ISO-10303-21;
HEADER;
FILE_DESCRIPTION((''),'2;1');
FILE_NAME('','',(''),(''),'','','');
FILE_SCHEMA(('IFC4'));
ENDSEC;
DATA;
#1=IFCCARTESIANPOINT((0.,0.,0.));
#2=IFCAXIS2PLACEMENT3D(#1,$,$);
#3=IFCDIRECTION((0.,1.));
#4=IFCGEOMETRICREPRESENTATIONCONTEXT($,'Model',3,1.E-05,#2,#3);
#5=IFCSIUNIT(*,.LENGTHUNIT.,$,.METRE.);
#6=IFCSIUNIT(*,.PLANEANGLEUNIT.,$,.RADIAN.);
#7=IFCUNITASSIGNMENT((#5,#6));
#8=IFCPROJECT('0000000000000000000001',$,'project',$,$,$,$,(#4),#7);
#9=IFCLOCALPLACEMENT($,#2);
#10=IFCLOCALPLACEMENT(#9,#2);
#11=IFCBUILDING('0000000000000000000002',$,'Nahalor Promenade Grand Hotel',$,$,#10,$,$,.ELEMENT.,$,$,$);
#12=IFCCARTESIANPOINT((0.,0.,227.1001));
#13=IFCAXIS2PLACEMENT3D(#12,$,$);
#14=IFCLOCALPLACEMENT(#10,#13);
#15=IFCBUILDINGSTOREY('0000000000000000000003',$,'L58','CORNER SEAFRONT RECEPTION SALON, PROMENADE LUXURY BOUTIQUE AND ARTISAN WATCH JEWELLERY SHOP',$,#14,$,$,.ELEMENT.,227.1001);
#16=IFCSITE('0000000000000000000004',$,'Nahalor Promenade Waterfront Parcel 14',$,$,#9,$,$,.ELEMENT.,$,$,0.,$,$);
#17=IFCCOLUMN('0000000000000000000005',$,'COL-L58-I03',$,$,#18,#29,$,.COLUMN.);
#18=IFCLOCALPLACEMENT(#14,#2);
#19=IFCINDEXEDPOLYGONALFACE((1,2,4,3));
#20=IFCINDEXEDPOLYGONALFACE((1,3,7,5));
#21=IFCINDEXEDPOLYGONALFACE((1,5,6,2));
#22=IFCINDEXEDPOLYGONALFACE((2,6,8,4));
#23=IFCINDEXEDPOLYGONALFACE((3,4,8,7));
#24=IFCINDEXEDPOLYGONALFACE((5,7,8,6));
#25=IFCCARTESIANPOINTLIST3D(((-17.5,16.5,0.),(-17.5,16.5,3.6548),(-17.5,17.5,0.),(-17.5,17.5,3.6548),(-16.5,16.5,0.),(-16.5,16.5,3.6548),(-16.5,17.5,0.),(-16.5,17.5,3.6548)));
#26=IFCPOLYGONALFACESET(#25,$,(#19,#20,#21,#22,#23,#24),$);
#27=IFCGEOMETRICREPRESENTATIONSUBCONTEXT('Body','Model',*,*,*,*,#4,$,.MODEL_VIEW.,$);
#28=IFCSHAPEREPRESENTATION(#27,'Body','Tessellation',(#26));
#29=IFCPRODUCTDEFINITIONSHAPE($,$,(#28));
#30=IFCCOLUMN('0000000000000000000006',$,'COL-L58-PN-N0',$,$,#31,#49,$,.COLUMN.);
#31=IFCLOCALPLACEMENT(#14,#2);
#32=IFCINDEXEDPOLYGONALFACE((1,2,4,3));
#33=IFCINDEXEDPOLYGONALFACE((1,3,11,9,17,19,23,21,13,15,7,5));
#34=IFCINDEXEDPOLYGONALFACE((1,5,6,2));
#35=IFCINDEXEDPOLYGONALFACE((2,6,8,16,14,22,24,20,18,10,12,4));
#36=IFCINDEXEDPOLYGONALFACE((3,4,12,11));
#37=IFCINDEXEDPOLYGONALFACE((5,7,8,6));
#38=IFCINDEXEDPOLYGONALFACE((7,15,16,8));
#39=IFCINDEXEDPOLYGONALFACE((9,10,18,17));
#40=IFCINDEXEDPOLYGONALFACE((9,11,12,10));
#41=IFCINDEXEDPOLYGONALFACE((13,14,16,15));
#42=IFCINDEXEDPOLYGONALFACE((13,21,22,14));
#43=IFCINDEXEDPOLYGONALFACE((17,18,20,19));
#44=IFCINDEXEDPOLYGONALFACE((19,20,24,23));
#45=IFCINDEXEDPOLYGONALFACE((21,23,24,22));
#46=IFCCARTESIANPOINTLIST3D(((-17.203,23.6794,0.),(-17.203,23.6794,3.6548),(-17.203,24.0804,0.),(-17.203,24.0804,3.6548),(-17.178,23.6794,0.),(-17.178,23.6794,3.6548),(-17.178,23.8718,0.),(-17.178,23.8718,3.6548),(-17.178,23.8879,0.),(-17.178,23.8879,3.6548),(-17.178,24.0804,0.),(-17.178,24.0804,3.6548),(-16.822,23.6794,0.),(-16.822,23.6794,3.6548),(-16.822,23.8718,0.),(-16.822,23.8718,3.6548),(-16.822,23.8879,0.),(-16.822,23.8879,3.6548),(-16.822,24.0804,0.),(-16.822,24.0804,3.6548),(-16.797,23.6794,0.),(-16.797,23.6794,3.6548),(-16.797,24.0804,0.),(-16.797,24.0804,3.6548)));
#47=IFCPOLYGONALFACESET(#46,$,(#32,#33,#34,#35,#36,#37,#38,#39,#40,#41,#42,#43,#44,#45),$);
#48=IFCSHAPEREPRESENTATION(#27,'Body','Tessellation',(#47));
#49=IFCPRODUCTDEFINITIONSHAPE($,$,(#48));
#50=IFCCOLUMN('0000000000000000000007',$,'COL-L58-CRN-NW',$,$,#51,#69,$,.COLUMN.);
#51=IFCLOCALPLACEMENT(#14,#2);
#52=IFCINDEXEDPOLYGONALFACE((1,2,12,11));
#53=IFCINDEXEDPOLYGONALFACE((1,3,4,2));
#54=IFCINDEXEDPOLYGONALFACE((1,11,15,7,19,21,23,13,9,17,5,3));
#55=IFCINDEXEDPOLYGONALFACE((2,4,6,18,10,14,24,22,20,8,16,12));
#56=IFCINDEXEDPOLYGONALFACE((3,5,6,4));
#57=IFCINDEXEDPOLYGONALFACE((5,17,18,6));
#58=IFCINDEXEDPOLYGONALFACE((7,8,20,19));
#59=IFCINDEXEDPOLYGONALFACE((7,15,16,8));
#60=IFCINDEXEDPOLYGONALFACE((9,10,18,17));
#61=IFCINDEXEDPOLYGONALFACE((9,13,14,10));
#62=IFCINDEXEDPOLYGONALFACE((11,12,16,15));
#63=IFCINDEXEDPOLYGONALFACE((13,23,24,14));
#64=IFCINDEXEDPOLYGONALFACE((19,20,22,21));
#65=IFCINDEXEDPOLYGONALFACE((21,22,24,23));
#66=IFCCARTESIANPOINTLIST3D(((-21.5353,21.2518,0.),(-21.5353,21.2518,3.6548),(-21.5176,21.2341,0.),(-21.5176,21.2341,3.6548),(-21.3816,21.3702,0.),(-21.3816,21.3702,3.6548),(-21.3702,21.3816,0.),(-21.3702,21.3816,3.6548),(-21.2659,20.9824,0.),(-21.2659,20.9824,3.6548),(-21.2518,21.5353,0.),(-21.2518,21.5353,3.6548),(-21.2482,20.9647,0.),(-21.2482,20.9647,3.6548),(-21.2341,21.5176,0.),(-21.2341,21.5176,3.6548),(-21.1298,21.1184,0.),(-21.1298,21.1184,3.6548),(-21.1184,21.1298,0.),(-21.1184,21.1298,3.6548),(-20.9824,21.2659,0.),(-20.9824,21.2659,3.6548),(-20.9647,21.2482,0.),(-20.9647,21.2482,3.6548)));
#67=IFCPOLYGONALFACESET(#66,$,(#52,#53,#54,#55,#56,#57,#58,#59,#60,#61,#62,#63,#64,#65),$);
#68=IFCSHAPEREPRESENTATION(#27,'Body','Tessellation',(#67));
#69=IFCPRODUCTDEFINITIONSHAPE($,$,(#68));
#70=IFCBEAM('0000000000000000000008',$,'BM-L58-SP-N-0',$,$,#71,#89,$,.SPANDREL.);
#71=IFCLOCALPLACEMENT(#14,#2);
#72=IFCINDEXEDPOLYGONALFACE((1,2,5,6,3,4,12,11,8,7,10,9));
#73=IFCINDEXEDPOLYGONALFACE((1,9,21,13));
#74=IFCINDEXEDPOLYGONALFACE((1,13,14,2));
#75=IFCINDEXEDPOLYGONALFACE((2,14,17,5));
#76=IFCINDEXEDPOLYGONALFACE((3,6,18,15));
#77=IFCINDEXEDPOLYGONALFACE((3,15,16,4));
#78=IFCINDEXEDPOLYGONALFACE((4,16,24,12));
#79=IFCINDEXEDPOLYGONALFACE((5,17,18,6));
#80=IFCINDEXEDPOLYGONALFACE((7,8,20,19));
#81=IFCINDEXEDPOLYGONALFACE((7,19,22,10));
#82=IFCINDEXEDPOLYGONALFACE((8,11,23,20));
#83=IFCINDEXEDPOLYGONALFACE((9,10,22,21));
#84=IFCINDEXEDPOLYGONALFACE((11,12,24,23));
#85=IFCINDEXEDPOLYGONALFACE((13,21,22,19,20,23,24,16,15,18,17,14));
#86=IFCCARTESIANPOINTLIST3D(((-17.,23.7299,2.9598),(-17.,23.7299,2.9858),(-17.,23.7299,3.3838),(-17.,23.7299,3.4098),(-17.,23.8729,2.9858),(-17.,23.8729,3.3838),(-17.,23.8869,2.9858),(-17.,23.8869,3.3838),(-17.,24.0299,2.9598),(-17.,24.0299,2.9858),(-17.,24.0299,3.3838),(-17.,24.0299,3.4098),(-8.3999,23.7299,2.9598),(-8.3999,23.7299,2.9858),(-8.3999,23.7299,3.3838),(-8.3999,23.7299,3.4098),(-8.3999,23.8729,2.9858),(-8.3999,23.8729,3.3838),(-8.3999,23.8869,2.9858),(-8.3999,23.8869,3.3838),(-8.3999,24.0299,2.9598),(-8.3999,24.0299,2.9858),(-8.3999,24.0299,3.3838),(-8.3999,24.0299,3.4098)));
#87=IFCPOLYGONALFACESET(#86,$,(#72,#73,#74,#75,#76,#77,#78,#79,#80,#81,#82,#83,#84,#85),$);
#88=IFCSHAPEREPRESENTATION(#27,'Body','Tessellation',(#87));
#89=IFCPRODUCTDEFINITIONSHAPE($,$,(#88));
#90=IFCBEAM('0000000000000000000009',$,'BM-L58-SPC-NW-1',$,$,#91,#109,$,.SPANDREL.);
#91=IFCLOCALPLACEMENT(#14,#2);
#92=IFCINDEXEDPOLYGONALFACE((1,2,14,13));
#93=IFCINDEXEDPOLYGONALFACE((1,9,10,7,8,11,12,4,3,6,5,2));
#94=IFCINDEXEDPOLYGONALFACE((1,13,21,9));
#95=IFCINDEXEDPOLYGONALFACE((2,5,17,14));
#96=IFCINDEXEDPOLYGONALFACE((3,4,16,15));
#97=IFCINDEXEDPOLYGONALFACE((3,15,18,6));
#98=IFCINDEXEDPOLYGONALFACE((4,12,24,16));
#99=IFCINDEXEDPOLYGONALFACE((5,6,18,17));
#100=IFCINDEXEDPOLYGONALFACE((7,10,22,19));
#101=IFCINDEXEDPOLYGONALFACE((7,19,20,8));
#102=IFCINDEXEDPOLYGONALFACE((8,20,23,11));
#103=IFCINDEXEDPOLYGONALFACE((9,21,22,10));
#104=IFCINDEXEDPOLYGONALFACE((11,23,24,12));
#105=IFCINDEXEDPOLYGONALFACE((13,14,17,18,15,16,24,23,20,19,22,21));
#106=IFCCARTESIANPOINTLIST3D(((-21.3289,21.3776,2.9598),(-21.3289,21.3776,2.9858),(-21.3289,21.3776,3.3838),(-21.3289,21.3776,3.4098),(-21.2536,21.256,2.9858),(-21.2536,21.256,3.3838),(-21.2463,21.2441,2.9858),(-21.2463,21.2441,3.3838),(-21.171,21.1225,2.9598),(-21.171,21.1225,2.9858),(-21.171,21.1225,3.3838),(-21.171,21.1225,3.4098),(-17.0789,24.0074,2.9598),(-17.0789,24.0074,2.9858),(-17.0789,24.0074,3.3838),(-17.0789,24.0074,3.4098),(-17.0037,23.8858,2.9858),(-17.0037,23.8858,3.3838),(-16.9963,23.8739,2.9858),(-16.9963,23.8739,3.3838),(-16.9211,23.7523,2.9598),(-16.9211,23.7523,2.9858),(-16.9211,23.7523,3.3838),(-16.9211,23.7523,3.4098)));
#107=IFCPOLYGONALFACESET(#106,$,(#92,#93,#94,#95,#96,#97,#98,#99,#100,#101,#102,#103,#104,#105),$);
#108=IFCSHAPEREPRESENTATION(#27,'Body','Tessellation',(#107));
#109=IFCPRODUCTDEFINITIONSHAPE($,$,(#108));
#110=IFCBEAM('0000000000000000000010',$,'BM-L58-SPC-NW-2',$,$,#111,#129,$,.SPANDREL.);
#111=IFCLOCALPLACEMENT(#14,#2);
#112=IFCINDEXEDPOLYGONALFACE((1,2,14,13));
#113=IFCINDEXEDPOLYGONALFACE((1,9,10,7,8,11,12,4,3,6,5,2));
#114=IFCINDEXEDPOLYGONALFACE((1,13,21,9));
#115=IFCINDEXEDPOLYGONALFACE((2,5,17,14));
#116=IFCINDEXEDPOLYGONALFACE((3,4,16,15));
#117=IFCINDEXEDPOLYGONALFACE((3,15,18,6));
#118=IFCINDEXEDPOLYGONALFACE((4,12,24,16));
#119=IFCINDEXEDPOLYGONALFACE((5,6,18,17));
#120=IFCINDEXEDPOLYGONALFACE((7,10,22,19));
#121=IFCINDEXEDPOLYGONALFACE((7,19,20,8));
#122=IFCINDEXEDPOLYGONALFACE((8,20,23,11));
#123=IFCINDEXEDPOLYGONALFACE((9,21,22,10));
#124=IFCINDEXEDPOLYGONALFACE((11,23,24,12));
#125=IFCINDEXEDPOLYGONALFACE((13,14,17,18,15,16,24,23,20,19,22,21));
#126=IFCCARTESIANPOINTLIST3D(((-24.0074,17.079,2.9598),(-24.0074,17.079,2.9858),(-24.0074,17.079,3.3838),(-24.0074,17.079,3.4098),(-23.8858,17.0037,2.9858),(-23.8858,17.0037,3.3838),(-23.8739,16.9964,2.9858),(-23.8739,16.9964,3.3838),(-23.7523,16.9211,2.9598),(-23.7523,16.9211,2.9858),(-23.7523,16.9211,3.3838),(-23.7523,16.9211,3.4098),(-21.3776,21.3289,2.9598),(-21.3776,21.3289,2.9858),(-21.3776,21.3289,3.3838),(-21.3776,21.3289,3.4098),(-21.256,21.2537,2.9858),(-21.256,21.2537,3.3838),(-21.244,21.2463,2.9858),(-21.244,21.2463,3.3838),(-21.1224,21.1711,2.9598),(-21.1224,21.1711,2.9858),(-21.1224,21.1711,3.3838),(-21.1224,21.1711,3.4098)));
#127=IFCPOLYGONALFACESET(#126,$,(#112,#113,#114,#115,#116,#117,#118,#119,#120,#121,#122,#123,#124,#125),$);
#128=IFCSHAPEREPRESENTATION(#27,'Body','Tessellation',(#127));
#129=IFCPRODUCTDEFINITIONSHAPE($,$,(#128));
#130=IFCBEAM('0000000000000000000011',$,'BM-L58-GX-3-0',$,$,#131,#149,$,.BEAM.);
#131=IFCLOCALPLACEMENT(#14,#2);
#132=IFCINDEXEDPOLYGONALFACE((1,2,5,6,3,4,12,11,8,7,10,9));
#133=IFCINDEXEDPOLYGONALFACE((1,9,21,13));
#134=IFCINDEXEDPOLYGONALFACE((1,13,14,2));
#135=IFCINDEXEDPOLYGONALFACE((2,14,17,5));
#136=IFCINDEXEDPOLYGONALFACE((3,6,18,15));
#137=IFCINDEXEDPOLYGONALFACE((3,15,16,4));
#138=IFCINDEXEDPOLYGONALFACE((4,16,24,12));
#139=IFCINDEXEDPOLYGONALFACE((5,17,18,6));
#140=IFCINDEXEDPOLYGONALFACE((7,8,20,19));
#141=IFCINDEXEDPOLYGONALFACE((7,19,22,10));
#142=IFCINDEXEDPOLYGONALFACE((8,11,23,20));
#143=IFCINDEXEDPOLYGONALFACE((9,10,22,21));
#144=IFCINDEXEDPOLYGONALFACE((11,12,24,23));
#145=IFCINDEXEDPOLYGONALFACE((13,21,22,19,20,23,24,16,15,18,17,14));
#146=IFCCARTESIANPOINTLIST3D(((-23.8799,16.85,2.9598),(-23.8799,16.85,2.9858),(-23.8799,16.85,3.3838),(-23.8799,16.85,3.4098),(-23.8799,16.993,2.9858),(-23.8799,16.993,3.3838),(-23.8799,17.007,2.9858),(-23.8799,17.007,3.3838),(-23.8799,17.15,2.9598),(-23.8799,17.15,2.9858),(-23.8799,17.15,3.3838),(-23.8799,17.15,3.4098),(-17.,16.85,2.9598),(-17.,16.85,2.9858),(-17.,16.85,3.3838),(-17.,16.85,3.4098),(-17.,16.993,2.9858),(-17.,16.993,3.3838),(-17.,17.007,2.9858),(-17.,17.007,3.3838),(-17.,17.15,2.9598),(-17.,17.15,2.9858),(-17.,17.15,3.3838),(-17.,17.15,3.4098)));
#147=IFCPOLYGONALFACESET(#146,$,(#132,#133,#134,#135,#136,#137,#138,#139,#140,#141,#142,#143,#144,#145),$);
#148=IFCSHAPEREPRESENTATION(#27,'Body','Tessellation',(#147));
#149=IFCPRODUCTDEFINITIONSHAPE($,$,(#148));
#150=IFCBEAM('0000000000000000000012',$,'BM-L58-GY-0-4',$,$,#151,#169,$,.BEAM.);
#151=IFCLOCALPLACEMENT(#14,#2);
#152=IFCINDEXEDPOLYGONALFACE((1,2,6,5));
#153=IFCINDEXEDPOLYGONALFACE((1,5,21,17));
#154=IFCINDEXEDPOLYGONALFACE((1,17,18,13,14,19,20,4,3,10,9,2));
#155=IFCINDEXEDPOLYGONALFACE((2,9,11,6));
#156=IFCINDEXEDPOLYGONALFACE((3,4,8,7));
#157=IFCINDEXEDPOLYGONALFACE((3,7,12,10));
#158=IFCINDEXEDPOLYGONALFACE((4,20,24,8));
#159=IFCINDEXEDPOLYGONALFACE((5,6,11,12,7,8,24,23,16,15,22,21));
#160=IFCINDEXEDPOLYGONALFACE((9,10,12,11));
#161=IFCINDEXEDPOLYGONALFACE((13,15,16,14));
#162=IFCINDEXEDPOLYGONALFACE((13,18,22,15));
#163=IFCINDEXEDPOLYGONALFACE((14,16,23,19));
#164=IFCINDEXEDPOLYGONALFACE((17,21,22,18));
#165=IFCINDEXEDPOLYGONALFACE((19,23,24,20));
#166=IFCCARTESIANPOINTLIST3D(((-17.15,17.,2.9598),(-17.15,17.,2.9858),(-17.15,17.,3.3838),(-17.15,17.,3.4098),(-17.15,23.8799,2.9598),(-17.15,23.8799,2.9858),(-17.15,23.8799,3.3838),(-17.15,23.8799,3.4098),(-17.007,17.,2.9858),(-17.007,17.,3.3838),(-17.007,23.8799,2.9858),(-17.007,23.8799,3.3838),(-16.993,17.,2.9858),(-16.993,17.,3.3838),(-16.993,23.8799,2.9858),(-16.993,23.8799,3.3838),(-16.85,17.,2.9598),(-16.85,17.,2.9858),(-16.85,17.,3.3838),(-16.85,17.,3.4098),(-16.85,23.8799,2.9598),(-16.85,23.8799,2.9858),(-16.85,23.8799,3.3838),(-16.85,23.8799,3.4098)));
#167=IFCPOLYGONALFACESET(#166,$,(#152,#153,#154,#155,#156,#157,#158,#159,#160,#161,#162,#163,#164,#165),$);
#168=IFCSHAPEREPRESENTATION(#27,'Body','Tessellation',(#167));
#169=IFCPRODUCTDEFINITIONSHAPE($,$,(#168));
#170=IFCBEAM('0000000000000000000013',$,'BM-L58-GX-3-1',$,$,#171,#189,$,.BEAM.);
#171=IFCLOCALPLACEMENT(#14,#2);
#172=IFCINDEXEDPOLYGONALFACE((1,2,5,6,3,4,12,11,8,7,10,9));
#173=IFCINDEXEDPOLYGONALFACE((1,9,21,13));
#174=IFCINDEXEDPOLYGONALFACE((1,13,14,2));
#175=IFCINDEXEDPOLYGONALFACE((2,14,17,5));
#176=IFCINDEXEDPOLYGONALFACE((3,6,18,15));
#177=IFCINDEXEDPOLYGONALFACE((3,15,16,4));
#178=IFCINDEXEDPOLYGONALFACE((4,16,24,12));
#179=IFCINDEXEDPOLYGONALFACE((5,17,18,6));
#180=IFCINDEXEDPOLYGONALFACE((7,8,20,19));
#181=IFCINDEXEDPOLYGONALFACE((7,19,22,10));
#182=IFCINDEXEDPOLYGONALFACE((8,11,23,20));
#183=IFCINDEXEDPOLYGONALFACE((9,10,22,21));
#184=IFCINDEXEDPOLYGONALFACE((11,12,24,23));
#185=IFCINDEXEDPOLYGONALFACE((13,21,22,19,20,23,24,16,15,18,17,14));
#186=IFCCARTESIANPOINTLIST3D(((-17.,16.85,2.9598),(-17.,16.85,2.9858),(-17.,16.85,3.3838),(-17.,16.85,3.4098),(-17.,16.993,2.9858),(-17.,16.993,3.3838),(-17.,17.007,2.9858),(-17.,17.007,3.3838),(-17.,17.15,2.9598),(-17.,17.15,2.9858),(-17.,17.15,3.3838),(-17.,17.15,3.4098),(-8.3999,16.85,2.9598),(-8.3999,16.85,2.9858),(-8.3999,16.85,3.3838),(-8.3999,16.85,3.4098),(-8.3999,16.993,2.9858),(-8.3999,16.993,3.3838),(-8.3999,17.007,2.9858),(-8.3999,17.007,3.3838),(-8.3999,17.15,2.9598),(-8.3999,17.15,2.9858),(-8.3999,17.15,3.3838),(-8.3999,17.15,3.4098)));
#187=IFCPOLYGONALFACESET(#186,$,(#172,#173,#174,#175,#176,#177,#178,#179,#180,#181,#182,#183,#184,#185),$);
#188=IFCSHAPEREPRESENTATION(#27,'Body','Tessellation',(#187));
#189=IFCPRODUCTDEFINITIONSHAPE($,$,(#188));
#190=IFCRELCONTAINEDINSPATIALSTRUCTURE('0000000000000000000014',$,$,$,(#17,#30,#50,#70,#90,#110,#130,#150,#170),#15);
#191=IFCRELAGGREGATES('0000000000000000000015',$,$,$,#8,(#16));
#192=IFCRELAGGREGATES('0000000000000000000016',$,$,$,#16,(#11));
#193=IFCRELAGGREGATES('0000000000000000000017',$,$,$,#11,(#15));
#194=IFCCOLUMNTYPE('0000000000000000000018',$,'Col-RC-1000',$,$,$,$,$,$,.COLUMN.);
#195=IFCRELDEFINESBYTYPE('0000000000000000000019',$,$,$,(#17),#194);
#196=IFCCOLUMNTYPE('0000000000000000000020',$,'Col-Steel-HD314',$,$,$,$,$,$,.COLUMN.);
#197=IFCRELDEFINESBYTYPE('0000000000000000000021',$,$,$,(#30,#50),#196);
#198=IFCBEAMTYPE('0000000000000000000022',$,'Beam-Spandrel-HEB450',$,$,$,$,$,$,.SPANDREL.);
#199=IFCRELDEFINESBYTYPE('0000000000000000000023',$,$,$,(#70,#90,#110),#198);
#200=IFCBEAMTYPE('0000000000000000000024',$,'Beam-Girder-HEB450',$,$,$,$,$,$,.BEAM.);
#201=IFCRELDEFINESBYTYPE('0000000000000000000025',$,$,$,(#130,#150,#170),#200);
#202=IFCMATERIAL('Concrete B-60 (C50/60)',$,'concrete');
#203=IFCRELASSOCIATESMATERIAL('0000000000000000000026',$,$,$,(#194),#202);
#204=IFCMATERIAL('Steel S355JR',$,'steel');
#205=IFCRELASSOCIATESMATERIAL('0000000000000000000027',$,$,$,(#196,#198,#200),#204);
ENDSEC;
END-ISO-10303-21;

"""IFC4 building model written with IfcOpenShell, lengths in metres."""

from ifc_helpers import new_model, si_unit, direction, frame, origin, origin_2d, place, context, subcontext, project, spatial, rectangle, i_section, extrude, source, transform, mapped, material, material_profile, profile_set, type_object, element, save


model = new_model("IFC4")

# Units and contexts
model_context = context("Model", 3, precision=1e-05, world=origin(), true_north=direction((0.0, 1.0)))
body_context = subcontext(model_context, "Body", "Model", "MODEL_VIEW")
ifc_project = project(units=[si_unit("LENGTHUNIT", "METRE"), si_unit("PLANEANGLEUNIT", "RADIAN")], contexts=[model_context])

# Site, building, storey
site_placement = place(None, origin())
site = spatial("IfcSite", under=ifc_project, at=site_placement, Name="Nahalor Promenade Waterfront Parcel 14", CompositionType="ELEMENT", RefElevation=0.0)
building_placement = place(site_placement, origin())
building = spatial("IfcBuilding", under=site, at=building_placement, Name="Nahalor Promenade Grand Hotel", CompositionType="ELEMENT")
storey_placement = place(building_placement, frame((0.0, 0.0, 227.1001)))
storey = spatial("IfcBuildingStorey", under=building, at=storey_placement, Name="L58", Description="CORNER SEAFRONT RECEPTION SALON, PROMENADE LUXURY BOUTIQUE AND ARTISAN WATCH JEWELLERY SHOP", CompositionType="ELEMENT", Elevation=227.1001)

# Columns
ifc_material_1 = material(Name="Concrete B-60 (C50/60)", Category="concrete")
ifc_material_profile_1 = material_profile(ifc_material_1, rectangle(XDim=1.0, YDim=1.0, at=origin_2d()), Name="RC 1000x1000")
ifc_profile_set_1 = profile_set([ifc_material_profile_1], Name="Concrete B-60 (C50/60)")
column_type_1 = type_object("IfcColumnType", Name="Col-RC-1000", PredefinedType="COLUMN", material=ifc_profile_set_1)
shared_shape_1 = source(origin(), body_context, "Body", "SweptSolid", [
    extrude(rectangle(XDim=1.0, YDim=1.0, at=origin_2d()), origin(), (0.0, 0.0, 1.0), 3.6548),
])
column_placement = place(storey_placement, frame((-17.0, 17.0, 0.0), z_axis=(0.0, 0.0, 1.0), x_axis=(1.0, 0.0, 0.0)))
element("IfcColumn", 1, at=column_placement, inside=storey, type_object=column_type_1, Name="COL-L58-I03", PredefinedType="COLUMN", context=body_context, shape_type="MappedRepresentation", body=[
    mapped(shared_shape_1, transform((0.0, 0.0, 0.0), scale=1.0)),
])
ifc_material_2 = material(Name="Steel S355JR", Category="steel")
ifc_material_profile_2 = material_profile(ifc_material_2, i_section(OverallWidth=0.401, OverallDepth=0.406, WebThickness=0.0161, FlangeThickness=0.025, at=origin_2d()), Name="HD 400x314")
ifc_profile_set_2 = profile_set([ifc_material_profile_2], Name="Steel S355JR")
column_type_2 = type_object("IfcColumnType", Name="Col-Steel-HD314", PredefinedType="COLUMN", material=ifc_profile_set_2)
shared_shape_2 = source(origin(), body_context, "Body", "SweptSolid", [
    extrude(i_section(OverallWidth=0.401, OverallDepth=0.406, WebThickness=0.0161, FlangeThickness=0.025, at=origin_2d()), origin(), (0.0, 0.0, 1.0), 3.6548),
])
for number, where, z_axis, x_axis, name in (
    (2, (-17.0, 23.8799, 0.0), (0.0, 0.0, 1.0), (0.0, 1.0, 0.0), "COL-L58-PN-N0"),
    (3, (-21.25, 21.25, 0.0), (0.0, 0.0, 1.0), (0.707107, 0.707107, 0.0), "COL-L58-CRN-NW"),
):
    element("IfcColumn", number, at=place(storey_placement, frame(where, z_axis=z_axis, x_axis=x_axis)), inside=storey, type_object=column_type_2, Name=name, PredefinedType="COLUMN", context=body_context, shape_type="MappedRepresentation", body=[
        mapped(shared_shape_2, transform((0.0, 0.0, 0.0), scale=1.0)),
    ])

# Beams
ifc_material_profile_3 = material_profile(ifc_material_2, i_section(OverallWidth=0.3, OverallDepth=0.45, WebThickness=0.014, FlangeThickness=0.026, at=origin_2d()), Name="HEB 450")
ifc_profile_set_3 = profile_set([ifc_material_profile_3], Name="Steel S355JR")
beam_type_1 = type_object("IfcBeamType", Name="Beam-Spandrel-HEB450", PredefinedType="SPANDREL", material=ifc_profile_set_3)
shared_shape_3 = source(origin(), body_context, "Body", "SweptSolid", [
    extrude(i_section(OverallWidth=0.3, OverallDepth=0.45, WebThickness=0.014, FlangeThickness=0.026, at=origin_2d()), origin(), (0.0, 0.0, 1.0), 8.6001),
])
beam_1_placement = place(storey_placement, frame((-17.0, 23.8799, 3.1848), z_axis=(1.0, 0.0, 0.0), x_axis=(0.0, 1.0, 0.0)))
element("IfcBeam", 4, at=beam_1_placement, inside=storey, type_object=beam_type_1, Name="BM-L58-SP-N-0", PredefinedType="SPANDREL", context=body_context, shape_type="MappedRepresentation", body=[
    mapped(shared_shape_3, transform((0.0, 0.0, 0.0), scale=1.0)),
])
shared_shape_4 = source(origin(), body_context, "Body", "SweptSolid", [
    extrude(i_section(OverallWidth=0.3, OverallDepth=0.45, WebThickness=0.014, FlangeThickness=0.026, at=origin_2d()), origin(), (0.0, 0.0, 1.0), 4.9978),
])
for number, where, z_axis, x_axis, name in (
    (5, (-17.0, 23.8799, 3.1848), (-0.850361, -0.5262, 0.0), (0.5262, -0.850361, 0.0), "BM-L58-SPC-NW-1"),
    (6, (-21.25, 21.25, 3.1848), (-0.5262, -0.850361, 0.0), (0.850361, -0.5262, 0.0), "BM-L58-SPC-NW-2"),
):
    element("IfcBeam", number, at=place(storey_placement, frame(where, z_axis=z_axis, x_axis=x_axis)), inside=storey, type_object=beam_type_1, Name=name, PredefinedType="SPANDREL", context=body_context, shape_type="MappedRepresentation", body=[
        mapped(shared_shape_4, transform((0.0, 0.0, 0.0), scale=1.0)),
    ])
ifc_material_profile_4 = material_profile(ifc_material_2, i_section(OverallWidth=0.3, OverallDepth=0.45, WebThickness=0.014, FlangeThickness=0.026, at=origin_2d()), Name="HEB 450")
ifc_profile_set_4 = profile_set([ifc_material_profile_4], Name="Steel S355JR")
beam_type_2 = type_object("IfcBeamType", Name="Beam-Girder-HEB450", PredefinedType="BEAM", material=ifc_profile_set_4)
shared_shape_5 = source(origin(), body_context, "Body", "SweptSolid", [
    extrude(i_section(OverallWidth=0.3, OverallDepth=0.45, WebThickness=0.014, FlangeThickness=0.026, at=origin_2d()), origin(), (0.0, 0.0, 1.0), 6.8799),
])
for number, where, z_axis, x_axis, name in (
    (7, (-23.8799, 17.0, 3.1848), (1.0, 0.0, 0.0), (0.0, 1.0, 0.0), "BM-L58-GX-3-0"),
    (8, (-17.0, 17.0, 3.1848), (0.0, 1.0, 0.0), (-1.0, 0.0, 0.0), "BM-L58-GY-0-4"),
):
    element("IfcBeam", number, at=place(storey_placement, frame(where, z_axis=z_axis, x_axis=x_axis)), inside=storey, type_object=beam_type_2, Name=name, PredefinedType="BEAM", context=body_context, shape_type="MappedRepresentation", body=[
        mapped(shared_shape_5, transform((0.0, 0.0, 0.0), scale=1.0)),
    ])
shared_shape_6 = source(origin(), body_context, "Body", "SweptSolid", [
    extrude(i_section(OverallWidth=0.3, OverallDepth=0.45, WebThickness=0.014, FlangeThickness=0.026, at=origin_2d()), origin(), (0.0, 0.0, 1.0), 8.6001),
])
beam_2_placement = place(storey_placement, frame((-17.0, 17.0, 3.1848), z_axis=(1.0, 0.0, 0.0), x_axis=(0.0, 1.0, 0.0)))
element("IfcBeam", 9, at=beam_2_placement, inside=storey, type_object=beam_type_2, Name="BM-L58-GX-3-1", PredefinedType="BEAM", context=body_context, shape_type="MappedRepresentation", body=[
    mapped(shared_shape_6, transform((0.0, 0.0, 0.0), scale=1.0)),
])

save(model, "model.ifc")
